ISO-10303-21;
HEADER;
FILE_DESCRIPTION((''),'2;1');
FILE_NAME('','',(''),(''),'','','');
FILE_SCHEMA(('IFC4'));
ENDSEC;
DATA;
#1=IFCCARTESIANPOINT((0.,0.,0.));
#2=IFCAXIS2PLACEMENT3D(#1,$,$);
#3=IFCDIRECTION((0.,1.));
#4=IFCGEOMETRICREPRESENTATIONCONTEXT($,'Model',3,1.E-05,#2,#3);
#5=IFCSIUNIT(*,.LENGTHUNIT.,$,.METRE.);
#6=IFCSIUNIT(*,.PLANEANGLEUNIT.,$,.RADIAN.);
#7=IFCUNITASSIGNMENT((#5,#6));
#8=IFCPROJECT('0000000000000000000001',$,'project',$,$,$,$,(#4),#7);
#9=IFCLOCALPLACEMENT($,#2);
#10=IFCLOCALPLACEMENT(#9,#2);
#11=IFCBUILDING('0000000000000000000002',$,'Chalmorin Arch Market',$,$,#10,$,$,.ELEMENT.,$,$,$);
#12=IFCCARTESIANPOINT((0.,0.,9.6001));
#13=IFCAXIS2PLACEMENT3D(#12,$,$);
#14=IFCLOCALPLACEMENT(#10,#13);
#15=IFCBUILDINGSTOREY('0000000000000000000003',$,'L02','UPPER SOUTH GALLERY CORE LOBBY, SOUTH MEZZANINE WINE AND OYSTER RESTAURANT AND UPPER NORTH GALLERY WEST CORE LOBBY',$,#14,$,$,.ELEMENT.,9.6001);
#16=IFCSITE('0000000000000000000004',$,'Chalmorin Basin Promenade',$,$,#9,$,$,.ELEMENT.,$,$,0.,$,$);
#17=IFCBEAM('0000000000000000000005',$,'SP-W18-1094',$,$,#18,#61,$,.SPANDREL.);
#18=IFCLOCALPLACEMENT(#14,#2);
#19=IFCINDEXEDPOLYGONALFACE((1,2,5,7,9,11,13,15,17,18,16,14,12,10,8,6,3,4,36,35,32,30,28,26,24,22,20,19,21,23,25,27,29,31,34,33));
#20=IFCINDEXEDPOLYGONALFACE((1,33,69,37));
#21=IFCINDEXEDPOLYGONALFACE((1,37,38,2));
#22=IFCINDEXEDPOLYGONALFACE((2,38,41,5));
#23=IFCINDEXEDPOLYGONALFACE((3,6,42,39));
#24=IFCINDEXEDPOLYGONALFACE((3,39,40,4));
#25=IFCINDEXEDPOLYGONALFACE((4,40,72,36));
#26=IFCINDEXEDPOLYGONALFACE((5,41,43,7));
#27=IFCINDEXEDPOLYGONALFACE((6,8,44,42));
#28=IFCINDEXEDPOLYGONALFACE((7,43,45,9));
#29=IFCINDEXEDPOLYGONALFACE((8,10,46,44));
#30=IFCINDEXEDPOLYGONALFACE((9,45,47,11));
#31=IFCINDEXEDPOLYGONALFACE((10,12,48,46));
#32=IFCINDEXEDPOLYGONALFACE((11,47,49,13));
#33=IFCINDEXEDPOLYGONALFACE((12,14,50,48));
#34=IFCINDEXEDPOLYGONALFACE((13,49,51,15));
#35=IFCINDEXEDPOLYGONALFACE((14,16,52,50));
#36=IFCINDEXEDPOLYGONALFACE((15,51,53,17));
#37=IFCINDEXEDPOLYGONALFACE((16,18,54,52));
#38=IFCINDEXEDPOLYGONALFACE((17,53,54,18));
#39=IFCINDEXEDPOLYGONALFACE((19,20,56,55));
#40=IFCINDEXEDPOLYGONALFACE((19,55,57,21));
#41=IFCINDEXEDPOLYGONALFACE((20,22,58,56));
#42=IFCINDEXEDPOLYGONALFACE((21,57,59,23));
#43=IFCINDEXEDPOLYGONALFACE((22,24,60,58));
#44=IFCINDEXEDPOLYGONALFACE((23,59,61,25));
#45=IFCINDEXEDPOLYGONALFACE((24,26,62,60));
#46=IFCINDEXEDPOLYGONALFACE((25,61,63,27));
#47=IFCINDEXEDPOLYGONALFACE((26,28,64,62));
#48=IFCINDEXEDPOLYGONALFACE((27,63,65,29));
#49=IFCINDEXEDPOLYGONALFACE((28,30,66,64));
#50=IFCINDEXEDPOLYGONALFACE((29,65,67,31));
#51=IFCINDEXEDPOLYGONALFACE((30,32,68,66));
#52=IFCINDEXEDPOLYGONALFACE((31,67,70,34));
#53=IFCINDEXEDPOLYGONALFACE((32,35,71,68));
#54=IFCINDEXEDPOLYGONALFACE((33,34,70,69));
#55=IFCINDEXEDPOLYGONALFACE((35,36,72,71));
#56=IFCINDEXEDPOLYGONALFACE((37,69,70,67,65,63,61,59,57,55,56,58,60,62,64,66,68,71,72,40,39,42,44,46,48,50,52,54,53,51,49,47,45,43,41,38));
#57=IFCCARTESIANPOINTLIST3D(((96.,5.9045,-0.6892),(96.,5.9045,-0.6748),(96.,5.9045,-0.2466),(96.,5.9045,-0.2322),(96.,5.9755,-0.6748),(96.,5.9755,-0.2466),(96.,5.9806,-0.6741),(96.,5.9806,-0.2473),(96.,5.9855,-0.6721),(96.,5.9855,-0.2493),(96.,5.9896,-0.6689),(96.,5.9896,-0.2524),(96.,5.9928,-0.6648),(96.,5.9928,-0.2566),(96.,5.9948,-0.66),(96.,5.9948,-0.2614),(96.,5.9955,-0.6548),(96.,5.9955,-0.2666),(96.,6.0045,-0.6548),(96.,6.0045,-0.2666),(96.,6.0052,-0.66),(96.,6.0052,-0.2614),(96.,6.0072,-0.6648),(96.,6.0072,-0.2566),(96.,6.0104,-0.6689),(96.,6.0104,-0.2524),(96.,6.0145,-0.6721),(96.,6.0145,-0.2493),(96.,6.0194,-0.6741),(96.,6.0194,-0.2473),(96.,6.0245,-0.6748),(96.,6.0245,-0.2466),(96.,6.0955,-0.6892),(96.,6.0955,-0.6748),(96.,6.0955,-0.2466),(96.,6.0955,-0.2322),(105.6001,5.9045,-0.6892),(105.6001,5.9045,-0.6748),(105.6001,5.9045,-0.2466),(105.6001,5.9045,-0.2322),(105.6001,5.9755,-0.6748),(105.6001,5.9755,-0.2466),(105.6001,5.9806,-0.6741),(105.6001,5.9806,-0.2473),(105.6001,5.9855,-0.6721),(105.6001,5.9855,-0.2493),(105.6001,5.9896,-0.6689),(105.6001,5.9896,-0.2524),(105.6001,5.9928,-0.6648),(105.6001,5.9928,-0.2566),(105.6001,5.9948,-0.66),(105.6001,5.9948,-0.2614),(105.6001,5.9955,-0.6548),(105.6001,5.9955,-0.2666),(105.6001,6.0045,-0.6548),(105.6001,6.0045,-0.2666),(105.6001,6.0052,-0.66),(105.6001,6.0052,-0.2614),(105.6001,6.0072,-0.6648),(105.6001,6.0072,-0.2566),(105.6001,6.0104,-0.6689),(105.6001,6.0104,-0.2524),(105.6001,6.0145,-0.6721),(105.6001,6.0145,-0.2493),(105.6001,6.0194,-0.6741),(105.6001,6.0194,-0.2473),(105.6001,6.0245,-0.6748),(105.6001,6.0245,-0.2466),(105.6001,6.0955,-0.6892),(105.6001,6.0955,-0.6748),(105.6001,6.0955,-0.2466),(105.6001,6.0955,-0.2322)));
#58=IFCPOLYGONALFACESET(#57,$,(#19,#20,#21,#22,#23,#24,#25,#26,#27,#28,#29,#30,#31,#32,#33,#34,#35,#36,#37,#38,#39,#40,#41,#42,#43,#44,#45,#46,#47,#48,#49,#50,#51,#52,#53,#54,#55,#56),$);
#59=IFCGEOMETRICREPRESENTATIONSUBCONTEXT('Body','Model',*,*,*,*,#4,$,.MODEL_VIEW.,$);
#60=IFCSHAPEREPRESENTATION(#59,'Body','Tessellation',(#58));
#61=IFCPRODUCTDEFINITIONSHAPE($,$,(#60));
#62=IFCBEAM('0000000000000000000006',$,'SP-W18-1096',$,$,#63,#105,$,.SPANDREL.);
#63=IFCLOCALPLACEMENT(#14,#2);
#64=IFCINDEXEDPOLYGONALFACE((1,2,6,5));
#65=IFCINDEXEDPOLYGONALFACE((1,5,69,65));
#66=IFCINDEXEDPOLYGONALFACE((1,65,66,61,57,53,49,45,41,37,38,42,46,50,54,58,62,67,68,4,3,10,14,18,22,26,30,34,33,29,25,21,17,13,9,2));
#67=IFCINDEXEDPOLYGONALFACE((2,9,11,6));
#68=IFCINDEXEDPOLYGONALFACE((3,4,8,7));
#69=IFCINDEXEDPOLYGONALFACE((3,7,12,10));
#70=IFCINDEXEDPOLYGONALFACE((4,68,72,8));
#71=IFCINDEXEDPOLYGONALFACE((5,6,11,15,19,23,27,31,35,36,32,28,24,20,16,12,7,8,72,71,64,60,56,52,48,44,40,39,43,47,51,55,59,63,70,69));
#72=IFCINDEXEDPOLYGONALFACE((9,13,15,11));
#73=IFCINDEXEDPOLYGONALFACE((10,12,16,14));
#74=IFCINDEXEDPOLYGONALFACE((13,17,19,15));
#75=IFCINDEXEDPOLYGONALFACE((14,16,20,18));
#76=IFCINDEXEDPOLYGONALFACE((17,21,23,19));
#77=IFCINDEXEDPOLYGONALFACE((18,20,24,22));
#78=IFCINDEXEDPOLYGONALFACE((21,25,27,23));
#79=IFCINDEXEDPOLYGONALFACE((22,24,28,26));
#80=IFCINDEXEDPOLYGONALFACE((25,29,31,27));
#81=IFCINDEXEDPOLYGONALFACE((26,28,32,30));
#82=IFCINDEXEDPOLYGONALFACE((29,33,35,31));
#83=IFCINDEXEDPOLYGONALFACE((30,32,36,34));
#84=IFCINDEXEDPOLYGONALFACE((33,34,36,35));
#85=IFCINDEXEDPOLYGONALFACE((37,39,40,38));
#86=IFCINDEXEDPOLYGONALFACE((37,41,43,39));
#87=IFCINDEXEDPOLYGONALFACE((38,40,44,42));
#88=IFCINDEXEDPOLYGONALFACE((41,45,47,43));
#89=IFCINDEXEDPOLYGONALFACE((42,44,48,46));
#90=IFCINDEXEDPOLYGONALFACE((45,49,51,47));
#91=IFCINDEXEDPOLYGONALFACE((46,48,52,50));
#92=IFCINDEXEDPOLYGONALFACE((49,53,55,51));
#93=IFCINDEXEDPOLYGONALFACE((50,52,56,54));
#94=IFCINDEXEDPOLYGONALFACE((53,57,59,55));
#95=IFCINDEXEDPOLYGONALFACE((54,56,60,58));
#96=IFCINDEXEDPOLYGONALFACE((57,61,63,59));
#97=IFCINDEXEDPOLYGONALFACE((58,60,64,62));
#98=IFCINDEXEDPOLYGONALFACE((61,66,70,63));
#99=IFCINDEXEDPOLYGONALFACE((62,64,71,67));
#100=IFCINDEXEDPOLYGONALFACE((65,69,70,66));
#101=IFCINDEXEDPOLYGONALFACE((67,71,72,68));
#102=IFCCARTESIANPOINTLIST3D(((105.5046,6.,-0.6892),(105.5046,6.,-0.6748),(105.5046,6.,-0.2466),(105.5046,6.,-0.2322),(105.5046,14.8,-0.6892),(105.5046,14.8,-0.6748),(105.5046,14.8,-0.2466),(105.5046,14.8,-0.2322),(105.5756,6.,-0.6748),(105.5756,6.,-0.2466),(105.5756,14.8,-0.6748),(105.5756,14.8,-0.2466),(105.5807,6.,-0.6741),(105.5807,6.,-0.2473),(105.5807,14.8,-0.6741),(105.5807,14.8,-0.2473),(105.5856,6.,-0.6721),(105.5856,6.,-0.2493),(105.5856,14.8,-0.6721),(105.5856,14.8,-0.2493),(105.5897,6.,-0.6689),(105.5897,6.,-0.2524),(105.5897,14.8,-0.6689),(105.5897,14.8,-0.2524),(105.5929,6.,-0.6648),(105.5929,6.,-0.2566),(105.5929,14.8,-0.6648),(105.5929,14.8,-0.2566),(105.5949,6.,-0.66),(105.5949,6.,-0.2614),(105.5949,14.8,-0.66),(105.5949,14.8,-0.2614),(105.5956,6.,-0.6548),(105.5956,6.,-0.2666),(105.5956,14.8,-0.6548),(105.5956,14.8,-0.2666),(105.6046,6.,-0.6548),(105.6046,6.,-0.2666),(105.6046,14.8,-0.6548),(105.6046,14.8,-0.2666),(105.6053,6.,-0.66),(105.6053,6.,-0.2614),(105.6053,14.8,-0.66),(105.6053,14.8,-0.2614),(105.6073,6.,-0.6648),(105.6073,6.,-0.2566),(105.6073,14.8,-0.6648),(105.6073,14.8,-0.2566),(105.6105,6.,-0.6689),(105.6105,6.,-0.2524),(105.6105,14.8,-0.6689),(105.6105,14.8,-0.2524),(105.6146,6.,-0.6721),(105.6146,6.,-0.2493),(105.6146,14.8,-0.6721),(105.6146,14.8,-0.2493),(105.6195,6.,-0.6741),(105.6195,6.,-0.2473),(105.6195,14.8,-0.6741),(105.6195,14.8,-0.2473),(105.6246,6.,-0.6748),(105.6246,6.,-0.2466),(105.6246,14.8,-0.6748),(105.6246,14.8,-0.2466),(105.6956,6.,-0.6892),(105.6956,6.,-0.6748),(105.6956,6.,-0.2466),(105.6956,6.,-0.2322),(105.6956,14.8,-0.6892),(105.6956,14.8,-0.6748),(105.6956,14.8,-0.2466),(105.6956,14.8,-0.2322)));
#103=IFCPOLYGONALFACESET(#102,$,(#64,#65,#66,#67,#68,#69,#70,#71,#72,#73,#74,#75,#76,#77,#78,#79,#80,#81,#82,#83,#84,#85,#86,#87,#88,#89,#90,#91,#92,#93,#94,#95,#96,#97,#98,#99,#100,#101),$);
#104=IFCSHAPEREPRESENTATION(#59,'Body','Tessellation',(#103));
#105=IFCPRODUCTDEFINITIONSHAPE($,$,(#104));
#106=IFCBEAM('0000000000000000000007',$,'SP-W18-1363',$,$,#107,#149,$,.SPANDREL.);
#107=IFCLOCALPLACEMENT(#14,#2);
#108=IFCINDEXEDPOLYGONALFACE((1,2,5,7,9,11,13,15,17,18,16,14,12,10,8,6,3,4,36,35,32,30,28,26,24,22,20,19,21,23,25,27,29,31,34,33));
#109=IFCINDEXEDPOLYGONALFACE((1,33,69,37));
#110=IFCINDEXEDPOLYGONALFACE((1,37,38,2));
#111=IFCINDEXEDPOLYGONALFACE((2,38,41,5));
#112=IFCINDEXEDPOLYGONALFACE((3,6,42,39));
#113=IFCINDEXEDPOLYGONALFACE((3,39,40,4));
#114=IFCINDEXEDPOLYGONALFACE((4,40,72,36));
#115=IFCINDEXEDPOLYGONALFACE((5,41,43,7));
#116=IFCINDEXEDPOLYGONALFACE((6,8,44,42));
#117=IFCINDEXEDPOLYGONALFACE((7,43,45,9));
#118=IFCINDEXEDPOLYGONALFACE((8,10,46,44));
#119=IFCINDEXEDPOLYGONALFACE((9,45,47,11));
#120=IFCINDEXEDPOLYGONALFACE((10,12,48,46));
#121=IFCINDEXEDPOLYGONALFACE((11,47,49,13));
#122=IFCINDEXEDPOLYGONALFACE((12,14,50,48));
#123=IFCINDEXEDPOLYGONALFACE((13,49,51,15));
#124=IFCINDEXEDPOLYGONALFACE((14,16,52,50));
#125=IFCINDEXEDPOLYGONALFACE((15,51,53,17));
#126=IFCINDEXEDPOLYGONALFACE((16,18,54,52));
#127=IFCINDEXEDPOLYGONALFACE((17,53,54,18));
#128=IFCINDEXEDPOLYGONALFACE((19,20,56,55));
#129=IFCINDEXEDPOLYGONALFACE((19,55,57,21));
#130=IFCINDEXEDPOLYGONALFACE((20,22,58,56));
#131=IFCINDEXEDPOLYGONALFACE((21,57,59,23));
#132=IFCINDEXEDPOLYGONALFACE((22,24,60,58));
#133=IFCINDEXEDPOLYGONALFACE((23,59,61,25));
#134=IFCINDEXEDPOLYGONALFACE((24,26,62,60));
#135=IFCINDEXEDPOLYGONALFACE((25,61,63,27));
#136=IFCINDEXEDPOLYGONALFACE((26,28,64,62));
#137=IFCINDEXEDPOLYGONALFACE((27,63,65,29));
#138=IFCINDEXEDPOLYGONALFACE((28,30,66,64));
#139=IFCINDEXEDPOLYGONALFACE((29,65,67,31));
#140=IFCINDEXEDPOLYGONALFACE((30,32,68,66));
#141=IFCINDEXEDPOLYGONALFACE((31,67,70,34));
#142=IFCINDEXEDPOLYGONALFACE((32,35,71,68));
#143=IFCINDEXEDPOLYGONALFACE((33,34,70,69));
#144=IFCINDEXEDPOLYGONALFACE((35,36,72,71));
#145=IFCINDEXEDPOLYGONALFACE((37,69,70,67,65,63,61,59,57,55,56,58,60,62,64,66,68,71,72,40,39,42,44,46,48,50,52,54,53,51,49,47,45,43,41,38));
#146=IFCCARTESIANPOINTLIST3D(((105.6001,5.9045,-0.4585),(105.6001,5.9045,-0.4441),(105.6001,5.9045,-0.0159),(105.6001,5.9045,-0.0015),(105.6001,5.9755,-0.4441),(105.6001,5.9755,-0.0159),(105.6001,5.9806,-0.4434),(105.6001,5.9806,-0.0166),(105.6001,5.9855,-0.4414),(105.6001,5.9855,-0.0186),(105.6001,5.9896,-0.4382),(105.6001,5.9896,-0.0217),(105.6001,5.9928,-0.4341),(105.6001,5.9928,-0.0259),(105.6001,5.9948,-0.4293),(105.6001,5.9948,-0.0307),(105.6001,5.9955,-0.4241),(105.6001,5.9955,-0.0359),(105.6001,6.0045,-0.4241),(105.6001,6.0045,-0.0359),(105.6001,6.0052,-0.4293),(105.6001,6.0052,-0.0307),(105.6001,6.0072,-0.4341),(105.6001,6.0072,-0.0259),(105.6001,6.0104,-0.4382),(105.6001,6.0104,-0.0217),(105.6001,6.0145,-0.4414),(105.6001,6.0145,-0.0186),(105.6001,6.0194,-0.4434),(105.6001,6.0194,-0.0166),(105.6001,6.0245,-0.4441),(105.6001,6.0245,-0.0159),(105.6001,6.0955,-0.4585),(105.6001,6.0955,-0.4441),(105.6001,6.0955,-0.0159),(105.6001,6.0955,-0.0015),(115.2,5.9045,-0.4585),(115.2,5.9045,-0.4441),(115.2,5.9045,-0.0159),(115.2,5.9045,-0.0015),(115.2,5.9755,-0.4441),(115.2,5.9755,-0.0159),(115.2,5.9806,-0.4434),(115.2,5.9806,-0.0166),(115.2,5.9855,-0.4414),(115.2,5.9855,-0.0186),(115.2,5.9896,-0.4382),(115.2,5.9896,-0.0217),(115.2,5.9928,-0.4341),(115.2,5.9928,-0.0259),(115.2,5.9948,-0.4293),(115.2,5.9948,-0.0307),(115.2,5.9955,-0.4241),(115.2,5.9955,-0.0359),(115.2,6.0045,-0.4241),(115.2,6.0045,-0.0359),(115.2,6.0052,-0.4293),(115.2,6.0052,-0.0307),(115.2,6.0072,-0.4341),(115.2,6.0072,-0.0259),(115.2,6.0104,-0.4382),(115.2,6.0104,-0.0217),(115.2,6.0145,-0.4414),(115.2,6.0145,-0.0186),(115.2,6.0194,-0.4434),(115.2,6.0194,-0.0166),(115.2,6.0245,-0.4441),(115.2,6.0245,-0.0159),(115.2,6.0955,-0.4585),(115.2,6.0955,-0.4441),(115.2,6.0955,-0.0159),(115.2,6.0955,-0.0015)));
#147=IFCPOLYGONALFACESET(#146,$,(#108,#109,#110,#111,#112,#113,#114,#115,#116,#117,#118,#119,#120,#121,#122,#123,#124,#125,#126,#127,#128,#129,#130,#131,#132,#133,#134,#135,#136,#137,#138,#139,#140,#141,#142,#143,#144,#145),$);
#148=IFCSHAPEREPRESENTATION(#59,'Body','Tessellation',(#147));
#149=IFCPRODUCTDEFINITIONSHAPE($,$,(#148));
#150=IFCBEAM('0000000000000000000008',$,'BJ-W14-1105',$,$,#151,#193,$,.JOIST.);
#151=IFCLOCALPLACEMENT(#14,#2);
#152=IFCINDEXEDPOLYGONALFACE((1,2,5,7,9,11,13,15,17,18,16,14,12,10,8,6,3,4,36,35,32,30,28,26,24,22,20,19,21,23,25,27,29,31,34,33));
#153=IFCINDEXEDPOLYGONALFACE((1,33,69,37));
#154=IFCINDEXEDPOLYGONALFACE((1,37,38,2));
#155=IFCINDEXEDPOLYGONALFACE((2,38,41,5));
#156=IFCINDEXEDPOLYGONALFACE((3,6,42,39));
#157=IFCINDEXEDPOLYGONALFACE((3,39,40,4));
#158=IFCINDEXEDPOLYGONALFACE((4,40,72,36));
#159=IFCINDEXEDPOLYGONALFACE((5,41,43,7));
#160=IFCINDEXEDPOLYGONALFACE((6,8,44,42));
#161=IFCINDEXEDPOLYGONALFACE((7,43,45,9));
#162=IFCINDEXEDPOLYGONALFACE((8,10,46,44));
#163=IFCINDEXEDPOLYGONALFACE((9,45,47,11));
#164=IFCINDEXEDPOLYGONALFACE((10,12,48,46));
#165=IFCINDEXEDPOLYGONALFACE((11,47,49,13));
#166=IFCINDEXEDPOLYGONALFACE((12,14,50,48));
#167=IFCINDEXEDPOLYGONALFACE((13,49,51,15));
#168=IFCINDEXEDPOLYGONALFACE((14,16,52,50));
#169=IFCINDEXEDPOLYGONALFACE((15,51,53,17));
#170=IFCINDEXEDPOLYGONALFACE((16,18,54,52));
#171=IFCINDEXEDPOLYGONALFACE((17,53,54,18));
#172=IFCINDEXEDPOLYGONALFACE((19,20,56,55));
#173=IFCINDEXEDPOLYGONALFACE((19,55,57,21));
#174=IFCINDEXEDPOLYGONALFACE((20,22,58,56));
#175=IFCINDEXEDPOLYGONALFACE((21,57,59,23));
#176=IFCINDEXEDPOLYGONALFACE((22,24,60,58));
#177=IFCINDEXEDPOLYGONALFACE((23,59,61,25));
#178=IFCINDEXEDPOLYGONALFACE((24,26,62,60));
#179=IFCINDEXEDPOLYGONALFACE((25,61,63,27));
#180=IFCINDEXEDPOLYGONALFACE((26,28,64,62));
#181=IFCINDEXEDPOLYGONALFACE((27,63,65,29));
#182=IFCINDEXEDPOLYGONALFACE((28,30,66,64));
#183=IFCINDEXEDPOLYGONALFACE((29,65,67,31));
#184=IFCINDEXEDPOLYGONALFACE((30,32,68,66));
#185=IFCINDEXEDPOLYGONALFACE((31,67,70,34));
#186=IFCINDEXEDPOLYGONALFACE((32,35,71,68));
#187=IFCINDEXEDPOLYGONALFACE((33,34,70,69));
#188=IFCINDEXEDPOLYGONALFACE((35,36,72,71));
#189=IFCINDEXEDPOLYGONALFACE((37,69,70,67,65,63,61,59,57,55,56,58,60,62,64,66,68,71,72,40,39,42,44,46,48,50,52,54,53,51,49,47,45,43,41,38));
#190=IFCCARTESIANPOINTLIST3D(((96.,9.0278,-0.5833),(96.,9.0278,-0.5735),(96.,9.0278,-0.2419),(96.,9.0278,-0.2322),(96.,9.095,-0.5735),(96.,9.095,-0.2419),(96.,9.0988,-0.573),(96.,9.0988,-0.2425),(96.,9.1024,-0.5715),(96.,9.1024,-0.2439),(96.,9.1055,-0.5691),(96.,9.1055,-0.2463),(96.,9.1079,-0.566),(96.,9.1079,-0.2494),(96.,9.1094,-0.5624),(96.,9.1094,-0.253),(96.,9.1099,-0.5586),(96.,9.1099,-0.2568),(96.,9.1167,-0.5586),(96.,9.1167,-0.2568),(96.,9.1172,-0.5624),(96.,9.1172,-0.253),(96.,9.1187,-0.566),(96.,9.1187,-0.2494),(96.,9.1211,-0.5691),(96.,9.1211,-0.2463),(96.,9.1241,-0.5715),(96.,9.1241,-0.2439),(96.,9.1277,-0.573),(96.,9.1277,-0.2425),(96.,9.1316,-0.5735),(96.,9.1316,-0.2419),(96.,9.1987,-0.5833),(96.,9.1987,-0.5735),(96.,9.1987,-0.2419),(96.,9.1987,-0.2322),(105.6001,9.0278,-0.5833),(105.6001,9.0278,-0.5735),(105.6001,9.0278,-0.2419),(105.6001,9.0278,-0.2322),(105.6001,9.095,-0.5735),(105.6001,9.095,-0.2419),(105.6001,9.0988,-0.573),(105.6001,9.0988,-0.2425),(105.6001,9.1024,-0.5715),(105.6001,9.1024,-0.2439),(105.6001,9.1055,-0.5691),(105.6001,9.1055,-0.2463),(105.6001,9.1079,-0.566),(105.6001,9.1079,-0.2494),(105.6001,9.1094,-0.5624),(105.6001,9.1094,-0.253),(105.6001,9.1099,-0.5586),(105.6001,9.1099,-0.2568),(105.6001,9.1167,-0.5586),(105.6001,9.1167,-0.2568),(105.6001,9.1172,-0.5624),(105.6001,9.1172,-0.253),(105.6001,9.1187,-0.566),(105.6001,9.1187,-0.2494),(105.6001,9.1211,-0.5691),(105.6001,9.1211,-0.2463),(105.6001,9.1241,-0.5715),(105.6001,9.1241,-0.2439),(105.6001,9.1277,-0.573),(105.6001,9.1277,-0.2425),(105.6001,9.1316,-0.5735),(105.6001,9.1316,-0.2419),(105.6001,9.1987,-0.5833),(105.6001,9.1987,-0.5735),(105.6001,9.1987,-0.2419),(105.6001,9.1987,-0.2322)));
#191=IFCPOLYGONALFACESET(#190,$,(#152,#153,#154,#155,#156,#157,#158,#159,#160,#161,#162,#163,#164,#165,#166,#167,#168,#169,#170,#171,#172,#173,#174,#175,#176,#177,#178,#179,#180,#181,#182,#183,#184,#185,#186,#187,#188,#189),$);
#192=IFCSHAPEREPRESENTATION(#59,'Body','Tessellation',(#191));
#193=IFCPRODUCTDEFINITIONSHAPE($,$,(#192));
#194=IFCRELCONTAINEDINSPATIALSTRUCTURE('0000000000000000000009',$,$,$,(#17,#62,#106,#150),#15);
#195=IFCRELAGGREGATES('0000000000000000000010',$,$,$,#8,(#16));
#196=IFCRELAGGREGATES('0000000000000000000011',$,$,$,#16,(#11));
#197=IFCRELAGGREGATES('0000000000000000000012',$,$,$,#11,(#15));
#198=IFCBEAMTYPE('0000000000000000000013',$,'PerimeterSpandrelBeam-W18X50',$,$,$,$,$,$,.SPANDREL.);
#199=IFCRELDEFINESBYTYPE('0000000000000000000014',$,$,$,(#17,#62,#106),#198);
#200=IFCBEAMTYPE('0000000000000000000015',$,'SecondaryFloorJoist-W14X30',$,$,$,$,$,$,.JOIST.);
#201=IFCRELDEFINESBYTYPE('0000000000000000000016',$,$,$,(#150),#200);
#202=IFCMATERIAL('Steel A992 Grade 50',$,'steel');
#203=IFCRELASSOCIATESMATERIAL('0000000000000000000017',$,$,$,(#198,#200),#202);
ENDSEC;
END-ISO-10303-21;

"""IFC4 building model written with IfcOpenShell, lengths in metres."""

from ifc_helpers import new_model, si_unit, direction, frame, origin, origin_2d, place, context, subcontext, project, spatial, i_section, extrude, material, material_profile, profile_set, type_object, element, save


model = new_model("IFC4")

# Units and contexts
model_context = context("Model", 3, precision=1e-05, world=origin(), true_north=direction((0.0, 1.0)))
body_context = subcontext(model_context, "Body", "Model", "MODEL_VIEW")
ifc_project = project(units=[si_unit("LENGTHUNIT", "METRE"), si_unit("PLANEANGLEUNIT", "RADIAN")], contexts=[model_context])

# Site, building, storey
site_placement = place(None, origin())
site = spatial("IfcSite", under=ifc_project, at=site_placement, Name="Chalmorin Basin Promenade", CompositionType="ELEMENT", RefElevation=0.0)
building_placement = place(site_placement, origin())
building = spatial("IfcBuilding", under=site, at=building_placement, Name="Chalmorin Arch Market", CompositionType="ELEMENT")
storey_placement = place(building_placement, frame((0.0, 0.0, 9.6001)))
storey = spatial("IfcBuildingStorey", under=building, at=storey_placement, Name="L02", Description="UPPER SOUTH GALLERY CORE LOBBY, SOUTH MEZZANINE WINE AND OYSTER RESTAURANT AND UPPER NORTH GALLERY WEST CORE LOBBY", CompositionType="ELEMENT", Elevation=9.6001)

# Beams
ifc_material_1 = material(Name="Steel A992 Grade 50", Category="steel")
ifc_material_profile_1 = material_profile(ifc_material_1, i_section(OverallWidth=0.1909, OverallDepth=0.457, WebThickness=0.009, FlangeThickness=0.0144, FilletRadius=0.02, at=origin_2d()), Name="W18X50")
ifc_profile_set_1 = profile_set([ifc_material_profile_1], Name="Steel A992 Grade 50")
beam_type_1 = type_object("IfcBeamType", Name="PerimeterSpandrelBeam-W18X50", PredefinedType="SPANDREL", material=ifc_profile_set_1)
beam_1_placement = place(storey_placement, frame((96.0, 6.0, -0.4607), z_axis=(1.0, 0.0, 0.0), x_axis=(0.0, 1.0, 0.0)))
element("IfcBeam", 1, at=beam_1_placement, inside=storey, type_object=beam_type_1, Name="SP-W18-1094", PredefinedType="SPANDREL", context=body_context, shape_type="SweptSolid", body=[
    extrude(i_section(OverallWidth=0.1909, OverallDepth=0.457, WebThickness=0.009, FlangeThickness=0.0144, FilletRadius=0.02, at=origin_2d()), origin(), (0.0, 0.0, 1.0), 9.6001),
])
beam_2_placement = place(storey_placement, frame((105.6001, 6.0, -0.4607), z_axis=(0.0, 1.0, 0.0), x_axis=(-1.0, 0.0, 0.0)))
element("IfcBeam", 2, at=beam_2_placement, inside=storey, type_object=beam_type_1, Name="SP-W18-1096", PredefinedType="SPANDREL", context=body_context, shape_type="SweptSolid", body=[
    extrude(i_section(OverallWidth=0.1909, OverallDepth=0.457, WebThickness=0.009, FlangeThickness=0.0144, FilletRadius=0.02, at=origin_2d()), origin(), (0.0, 0.0, 1.0), 8.8),
])
beam_3_placement = place(storey_placement, frame((105.6001, 6.0, -0.23), z_axis=(1.0, 0.0, 0.0), x_axis=(0.0, 1.0, 0.0)))
element("IfcBeam", 3, at=beam_3_placement, inside=storey, type_object=beam_type_1, Name="SP-W18-1363", PredefinedType="SPANDREL", context=body_context, shape_type="SweptSolid", body=[
    extrude(i_section(OverallWidth=0.1909, OverallDepth=0.457, WebThickness=0.009, FlangeThickness=0.0144, FilletRadius=0.02, at=origin_2d()), origin(), (0.0, 0.0, 1.0), 9.5999),
])
ifc_material_profile_2 = material_profile(ifc_material_1, i_section(OverallWidth=0.1709, OverallDepth=0.3511, WebThickness=0.0068, FlangeThickness=0.0098, FilletRadius=0.0149, at=origin_2d()), Name="W14X30")
ifc_profile_set_2 = profile_set([ifc_material_profile_2], Name="Steel A992 Grade 50")
beam_type_2 = type_object("IfcBeamType", Name="SecondaryFloorJoist-W14X30", PredefinedType="JOIST", material=ifc_profile_set_2)
for number, where, z_axis, x_axis, name in (
    (4, (96.0, 9.1133, -0.4077), (1.0, 0.0, 0.0), (0.0, 1.0, 0.0), "BJ-W14-1105"),
):
    element("IfcBeam", number, at=place(storey_placement, frame(where, z_axis=z_axis, x_axis=x_axis)), inside=storey, type_object=beam_type_2, Name=name, PredefinedType="JOIST", context=body_context, shape_type="SweptSolid", body=[
        extrude(i_section(OverallWidth=0.1709, OverallDepth=0.3511, WebThickness=0.0068, FlangeThickness=0.0098, FilletRadius=0.0149, at=origin_2d()), origin(), (0.0, 0.0, 1.0), 9.6001),
    ])

save(model, "model.ifc")
